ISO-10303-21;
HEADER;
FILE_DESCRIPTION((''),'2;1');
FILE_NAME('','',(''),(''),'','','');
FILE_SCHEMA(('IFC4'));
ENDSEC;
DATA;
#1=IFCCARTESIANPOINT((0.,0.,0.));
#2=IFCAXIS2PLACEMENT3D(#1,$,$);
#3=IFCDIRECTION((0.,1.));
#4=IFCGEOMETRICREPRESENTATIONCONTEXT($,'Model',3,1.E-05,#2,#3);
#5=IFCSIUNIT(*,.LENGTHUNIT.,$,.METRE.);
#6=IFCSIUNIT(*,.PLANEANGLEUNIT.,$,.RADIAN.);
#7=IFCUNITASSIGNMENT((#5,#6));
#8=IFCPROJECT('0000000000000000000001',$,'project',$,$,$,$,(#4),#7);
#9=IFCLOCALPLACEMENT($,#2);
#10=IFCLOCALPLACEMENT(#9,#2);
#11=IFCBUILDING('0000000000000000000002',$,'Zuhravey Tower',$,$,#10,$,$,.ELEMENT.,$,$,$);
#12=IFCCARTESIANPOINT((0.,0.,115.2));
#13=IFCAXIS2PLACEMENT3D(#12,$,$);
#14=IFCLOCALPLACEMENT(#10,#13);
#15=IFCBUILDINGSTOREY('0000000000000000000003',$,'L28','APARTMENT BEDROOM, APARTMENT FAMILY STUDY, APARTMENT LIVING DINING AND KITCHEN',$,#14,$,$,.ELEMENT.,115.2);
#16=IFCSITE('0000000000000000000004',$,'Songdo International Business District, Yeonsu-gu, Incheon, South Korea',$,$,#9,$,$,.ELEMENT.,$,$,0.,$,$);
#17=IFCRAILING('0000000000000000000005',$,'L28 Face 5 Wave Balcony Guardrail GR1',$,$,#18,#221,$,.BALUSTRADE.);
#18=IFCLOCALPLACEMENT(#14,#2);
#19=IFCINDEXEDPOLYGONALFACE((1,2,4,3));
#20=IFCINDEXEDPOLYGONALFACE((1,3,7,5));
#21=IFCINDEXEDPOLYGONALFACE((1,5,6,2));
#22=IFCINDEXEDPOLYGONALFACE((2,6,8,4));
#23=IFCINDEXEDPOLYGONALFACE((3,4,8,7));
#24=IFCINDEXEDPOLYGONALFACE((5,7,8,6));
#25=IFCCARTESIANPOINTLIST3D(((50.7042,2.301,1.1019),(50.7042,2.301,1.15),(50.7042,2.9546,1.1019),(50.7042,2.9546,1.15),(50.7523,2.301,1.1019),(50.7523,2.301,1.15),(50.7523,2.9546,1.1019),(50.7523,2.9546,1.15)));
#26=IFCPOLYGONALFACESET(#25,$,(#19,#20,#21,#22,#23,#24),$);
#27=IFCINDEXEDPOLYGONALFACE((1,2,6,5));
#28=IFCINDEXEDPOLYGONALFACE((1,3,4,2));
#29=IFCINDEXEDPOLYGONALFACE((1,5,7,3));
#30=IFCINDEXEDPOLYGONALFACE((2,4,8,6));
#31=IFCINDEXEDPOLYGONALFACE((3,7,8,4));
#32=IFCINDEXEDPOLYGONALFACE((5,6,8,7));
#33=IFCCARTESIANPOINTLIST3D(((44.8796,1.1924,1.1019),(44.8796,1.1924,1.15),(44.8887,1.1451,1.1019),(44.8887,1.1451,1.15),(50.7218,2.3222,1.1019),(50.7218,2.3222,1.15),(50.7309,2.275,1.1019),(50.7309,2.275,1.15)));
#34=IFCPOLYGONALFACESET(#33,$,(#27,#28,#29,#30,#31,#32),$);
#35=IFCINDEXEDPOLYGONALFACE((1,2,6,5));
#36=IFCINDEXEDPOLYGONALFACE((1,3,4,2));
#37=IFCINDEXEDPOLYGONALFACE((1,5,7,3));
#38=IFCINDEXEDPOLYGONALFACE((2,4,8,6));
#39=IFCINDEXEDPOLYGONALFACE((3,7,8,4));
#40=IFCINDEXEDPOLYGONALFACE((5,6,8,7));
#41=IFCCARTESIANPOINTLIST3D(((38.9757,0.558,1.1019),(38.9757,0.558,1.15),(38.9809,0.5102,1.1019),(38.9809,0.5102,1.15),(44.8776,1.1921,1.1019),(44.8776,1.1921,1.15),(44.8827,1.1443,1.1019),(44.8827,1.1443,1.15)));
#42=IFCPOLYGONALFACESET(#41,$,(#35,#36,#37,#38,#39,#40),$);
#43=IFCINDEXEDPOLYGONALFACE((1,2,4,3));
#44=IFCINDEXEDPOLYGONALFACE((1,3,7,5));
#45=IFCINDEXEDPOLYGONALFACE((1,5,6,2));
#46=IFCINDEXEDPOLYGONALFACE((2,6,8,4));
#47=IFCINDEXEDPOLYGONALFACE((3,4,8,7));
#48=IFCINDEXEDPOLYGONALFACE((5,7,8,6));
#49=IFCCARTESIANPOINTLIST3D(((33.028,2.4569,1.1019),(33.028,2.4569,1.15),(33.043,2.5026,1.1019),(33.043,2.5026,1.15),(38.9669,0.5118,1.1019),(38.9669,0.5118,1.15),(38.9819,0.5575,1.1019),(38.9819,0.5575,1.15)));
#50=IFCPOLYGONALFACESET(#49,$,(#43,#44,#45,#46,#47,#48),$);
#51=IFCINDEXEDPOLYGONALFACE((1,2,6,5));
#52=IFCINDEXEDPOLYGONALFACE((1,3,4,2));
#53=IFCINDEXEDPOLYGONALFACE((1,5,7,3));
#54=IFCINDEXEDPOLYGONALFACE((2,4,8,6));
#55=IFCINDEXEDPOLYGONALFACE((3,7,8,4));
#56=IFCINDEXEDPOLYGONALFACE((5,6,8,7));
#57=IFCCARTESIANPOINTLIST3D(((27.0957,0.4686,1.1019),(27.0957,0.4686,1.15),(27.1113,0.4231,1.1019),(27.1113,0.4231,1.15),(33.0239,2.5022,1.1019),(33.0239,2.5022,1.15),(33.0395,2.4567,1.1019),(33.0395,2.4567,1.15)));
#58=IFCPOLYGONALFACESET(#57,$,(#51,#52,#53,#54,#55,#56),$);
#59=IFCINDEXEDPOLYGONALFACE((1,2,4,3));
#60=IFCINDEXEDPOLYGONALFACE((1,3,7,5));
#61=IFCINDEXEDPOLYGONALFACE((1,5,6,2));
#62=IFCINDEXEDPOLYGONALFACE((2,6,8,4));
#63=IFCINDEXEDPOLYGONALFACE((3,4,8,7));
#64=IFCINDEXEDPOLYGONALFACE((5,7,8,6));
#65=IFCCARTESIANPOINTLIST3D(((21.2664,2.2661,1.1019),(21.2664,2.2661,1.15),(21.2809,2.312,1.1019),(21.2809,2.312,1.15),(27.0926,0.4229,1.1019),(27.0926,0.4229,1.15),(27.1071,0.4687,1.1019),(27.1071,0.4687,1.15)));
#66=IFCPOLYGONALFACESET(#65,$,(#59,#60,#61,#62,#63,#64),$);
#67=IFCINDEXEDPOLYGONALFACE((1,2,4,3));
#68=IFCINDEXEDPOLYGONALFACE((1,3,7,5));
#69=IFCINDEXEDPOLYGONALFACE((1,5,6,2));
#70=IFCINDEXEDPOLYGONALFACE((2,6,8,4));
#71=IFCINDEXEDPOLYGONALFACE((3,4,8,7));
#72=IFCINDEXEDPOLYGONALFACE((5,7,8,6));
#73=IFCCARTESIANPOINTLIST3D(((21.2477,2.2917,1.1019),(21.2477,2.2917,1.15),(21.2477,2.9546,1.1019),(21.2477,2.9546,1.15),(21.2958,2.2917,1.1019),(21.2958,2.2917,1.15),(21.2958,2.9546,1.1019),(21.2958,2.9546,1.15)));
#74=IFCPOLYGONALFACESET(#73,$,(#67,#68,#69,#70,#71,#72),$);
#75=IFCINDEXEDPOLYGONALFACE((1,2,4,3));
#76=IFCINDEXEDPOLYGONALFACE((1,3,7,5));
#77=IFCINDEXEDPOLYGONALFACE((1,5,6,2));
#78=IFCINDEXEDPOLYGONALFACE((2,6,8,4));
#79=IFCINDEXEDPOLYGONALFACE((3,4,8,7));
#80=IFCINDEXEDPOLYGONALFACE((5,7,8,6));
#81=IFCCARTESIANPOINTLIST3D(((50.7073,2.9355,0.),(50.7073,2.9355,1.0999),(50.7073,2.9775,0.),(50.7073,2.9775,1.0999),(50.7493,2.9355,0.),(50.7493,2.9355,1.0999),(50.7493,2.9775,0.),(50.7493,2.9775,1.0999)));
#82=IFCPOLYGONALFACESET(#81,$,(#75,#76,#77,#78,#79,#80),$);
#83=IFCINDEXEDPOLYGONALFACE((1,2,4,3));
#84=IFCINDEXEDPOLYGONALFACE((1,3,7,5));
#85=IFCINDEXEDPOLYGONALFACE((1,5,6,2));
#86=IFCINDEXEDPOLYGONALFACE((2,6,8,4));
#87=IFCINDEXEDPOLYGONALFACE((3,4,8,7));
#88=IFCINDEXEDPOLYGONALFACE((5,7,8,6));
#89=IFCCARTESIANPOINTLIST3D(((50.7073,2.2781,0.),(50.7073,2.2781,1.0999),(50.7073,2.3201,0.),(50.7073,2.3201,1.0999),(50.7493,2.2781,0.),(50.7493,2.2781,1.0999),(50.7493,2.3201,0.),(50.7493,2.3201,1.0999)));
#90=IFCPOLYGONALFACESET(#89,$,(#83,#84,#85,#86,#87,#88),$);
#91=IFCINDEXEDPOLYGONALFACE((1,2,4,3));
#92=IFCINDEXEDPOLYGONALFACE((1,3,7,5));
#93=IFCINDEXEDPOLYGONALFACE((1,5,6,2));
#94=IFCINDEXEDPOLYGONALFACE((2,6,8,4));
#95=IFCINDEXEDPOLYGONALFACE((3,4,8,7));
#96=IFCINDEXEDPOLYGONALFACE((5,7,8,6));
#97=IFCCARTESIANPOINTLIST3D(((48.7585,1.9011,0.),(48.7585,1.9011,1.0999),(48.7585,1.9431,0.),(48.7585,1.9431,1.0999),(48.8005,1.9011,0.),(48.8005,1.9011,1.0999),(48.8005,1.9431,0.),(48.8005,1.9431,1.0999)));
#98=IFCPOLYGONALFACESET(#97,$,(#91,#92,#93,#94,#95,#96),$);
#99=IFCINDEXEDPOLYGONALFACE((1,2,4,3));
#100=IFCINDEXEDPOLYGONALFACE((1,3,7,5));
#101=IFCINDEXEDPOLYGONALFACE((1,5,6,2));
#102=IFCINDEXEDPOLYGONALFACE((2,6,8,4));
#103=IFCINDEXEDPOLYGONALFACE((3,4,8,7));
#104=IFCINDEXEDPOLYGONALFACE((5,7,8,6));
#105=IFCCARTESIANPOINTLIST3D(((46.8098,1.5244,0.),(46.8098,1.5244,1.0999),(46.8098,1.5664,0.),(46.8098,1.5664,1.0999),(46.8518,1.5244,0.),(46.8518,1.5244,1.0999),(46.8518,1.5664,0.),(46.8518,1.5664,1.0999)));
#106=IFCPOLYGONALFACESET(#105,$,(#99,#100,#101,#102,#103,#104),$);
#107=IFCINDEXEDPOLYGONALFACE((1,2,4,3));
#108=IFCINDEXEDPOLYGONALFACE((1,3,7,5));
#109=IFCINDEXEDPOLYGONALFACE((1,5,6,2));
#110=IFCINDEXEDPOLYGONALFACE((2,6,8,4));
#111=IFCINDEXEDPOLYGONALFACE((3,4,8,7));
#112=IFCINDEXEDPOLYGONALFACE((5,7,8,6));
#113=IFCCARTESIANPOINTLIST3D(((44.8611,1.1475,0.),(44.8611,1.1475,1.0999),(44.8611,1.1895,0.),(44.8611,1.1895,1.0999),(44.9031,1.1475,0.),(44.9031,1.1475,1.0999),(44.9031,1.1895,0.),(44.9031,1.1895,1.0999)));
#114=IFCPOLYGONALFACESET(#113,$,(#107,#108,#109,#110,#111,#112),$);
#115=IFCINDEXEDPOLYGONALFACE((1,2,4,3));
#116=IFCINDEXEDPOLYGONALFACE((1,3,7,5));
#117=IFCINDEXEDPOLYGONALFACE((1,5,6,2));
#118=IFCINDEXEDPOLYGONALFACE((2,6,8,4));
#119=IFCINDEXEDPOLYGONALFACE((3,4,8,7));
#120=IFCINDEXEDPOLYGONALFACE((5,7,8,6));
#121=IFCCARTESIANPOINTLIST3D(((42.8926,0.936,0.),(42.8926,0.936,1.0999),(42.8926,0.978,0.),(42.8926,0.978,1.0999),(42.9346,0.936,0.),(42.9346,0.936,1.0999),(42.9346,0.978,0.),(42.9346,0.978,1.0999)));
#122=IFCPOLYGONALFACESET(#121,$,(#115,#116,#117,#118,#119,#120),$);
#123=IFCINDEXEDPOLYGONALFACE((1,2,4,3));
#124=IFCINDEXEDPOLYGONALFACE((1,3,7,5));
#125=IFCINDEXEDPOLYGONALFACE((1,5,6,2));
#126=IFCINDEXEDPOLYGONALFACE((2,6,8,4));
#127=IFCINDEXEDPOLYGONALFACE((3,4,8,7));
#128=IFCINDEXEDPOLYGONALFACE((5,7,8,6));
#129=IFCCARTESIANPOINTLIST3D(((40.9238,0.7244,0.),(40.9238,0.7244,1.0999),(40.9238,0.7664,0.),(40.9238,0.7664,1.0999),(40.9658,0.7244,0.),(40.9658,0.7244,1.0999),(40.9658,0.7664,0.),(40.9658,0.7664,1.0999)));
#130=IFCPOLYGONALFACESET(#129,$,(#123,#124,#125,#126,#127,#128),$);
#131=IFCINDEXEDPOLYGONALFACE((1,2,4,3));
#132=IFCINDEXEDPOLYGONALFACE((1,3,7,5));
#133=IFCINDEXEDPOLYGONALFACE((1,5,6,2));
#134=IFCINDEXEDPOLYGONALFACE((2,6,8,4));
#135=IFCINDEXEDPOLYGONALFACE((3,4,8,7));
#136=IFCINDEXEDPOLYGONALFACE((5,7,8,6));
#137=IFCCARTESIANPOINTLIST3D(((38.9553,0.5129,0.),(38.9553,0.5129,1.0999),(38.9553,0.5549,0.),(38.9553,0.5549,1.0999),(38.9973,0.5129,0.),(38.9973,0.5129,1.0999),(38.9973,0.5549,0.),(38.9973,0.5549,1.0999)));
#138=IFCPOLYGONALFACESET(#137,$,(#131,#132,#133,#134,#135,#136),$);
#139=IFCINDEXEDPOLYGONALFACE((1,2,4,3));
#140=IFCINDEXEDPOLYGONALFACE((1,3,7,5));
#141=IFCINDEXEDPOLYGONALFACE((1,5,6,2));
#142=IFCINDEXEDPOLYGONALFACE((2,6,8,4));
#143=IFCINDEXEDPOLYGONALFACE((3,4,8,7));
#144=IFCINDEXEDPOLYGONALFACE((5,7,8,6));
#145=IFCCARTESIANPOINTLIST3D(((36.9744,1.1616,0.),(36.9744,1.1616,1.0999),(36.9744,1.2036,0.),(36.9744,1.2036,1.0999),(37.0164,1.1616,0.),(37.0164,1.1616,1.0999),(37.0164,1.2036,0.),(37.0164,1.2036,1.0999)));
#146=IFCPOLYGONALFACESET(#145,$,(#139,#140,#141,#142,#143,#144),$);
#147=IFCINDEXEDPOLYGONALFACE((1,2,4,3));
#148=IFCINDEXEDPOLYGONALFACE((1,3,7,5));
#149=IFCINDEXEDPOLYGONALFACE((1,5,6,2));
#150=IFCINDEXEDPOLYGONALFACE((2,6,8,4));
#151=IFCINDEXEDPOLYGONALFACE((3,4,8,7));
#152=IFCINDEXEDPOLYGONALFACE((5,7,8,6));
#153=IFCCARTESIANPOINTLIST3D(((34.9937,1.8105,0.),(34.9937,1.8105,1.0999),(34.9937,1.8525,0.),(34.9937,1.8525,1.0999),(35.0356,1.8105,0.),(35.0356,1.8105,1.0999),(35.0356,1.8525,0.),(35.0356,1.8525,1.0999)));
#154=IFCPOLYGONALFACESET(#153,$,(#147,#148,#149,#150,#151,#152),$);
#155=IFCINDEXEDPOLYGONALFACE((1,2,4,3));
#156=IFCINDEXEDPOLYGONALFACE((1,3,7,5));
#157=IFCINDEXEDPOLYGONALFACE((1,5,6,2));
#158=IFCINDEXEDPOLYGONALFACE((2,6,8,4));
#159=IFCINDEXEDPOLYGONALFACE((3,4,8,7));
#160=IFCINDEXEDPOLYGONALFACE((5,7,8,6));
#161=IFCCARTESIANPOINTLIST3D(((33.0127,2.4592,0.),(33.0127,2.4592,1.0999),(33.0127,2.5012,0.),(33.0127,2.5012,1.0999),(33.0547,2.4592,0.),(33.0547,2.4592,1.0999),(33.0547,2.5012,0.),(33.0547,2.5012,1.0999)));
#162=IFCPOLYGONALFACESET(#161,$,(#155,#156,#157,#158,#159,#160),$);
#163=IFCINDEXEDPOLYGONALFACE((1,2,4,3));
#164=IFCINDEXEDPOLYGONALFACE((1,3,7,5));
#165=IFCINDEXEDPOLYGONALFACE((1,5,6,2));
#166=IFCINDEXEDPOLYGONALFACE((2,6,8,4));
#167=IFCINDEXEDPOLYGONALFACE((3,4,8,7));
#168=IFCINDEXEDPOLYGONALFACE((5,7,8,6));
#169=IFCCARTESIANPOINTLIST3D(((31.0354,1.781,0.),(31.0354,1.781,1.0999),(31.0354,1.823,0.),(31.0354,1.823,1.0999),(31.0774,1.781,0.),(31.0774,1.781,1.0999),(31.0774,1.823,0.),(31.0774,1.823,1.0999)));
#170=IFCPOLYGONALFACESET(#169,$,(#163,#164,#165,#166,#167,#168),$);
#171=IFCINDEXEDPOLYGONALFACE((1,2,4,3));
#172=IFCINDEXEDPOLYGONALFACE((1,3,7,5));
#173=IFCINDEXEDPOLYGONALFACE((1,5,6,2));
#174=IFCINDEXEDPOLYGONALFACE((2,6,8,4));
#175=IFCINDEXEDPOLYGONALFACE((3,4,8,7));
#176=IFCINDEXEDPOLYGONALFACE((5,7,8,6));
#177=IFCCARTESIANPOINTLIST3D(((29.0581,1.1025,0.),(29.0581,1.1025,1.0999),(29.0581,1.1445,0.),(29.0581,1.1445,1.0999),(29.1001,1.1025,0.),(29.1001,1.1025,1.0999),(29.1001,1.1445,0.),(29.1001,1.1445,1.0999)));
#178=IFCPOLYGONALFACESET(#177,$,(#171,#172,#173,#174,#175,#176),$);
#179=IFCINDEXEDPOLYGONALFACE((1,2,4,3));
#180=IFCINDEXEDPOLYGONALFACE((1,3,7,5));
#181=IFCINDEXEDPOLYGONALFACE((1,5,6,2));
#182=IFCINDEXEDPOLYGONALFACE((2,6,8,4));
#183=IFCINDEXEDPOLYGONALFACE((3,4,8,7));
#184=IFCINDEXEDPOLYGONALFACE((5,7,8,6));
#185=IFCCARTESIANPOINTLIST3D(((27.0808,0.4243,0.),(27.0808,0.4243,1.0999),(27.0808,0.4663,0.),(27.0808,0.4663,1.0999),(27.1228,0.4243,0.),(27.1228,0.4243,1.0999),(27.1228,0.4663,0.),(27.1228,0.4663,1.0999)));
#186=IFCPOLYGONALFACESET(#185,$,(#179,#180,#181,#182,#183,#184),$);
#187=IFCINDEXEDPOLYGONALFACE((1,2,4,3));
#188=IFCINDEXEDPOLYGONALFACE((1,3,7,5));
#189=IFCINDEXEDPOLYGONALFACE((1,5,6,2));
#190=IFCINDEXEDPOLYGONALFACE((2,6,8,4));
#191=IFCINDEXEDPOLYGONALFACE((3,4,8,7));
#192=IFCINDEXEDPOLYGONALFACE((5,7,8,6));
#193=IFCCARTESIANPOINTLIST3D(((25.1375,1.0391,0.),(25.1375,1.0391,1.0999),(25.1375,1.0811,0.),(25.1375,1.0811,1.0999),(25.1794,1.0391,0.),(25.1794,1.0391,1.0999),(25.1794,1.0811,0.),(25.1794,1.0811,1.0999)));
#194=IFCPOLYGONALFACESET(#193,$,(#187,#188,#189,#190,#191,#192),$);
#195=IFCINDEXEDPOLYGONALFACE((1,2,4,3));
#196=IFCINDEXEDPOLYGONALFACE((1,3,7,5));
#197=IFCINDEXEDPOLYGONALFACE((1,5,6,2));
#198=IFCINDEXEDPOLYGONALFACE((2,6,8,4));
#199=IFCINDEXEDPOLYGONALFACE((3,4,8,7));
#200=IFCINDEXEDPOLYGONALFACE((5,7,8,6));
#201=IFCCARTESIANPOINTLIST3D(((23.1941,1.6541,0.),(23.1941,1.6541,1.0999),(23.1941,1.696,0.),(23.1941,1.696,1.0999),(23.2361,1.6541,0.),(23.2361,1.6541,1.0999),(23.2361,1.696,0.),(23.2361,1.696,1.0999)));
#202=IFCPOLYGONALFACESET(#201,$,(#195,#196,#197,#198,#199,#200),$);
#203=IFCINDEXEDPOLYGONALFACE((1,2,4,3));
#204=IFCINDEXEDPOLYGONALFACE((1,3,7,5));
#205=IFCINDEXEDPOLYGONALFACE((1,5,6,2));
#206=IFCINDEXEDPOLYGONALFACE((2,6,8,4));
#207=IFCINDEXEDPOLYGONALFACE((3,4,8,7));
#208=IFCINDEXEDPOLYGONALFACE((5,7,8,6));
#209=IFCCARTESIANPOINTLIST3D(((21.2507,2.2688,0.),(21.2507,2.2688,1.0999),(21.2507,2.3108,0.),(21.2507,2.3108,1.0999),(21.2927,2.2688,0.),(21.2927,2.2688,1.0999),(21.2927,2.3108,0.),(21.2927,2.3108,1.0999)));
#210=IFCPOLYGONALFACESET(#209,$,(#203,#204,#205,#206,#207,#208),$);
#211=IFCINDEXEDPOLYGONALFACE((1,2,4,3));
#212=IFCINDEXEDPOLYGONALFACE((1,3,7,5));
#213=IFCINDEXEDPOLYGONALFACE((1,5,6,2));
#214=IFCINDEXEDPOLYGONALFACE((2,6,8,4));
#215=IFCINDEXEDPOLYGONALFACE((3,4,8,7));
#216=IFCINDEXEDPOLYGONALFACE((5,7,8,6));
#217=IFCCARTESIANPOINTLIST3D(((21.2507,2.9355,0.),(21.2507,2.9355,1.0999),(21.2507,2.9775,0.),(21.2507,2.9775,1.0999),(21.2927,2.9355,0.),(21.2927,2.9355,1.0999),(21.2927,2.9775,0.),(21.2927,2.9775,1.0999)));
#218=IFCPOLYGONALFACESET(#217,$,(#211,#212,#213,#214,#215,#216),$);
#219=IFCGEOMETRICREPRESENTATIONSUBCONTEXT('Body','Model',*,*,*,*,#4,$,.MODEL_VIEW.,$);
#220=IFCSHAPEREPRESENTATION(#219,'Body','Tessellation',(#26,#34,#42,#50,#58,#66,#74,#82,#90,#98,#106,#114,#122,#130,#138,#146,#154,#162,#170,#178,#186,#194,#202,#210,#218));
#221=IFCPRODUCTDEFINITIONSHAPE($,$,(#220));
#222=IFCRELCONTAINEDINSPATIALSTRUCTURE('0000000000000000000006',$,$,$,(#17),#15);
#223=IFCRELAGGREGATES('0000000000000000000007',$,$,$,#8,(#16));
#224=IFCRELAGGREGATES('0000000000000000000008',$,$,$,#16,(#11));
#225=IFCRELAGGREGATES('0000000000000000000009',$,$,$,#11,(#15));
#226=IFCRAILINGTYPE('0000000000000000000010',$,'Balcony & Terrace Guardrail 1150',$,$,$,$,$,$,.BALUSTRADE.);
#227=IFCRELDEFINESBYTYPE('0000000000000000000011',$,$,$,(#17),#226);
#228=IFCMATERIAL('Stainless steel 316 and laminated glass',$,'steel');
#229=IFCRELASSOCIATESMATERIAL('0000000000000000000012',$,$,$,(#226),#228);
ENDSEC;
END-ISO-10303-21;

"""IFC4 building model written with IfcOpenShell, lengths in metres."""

from ifc_helpers import new_model, si_unit, direction, frame, origin, origin_2d, place, context, subcontext, project, spatial, rectangle, extrude, material, type_object, element, save


model = new_model("IFC4")

# Units and contexts
model_context = context("Model", 3, precision=1e-05, world=origin(), true_north=direction((0.0, 1.0)))
body_context = subcontext(model_context, "Body", "Model", "MODEL_VIEW")
ifc_project = project(units=[si_unit("LENGTHUNIT", "METRE"), si_unit("PLANEANGLEUNIT", "RADIAN")], contexts=[model_context])

# Site, building, storey
site_placement = place(None, origin())
site = spatial("IfcSite", under=ifc_project, at=site_placement, Name="Songdo International Business District, Yeonsu-gu, Incheon, South Korea", CompositionType="ELEMENT", RefElevation=0.0)
building_placement = place(site_placement, origin())
building = spatial("IfcBuilding", under=site, at=building_placement, Name="Zuhravey Tower", CompositionType="ELEMENT")
storey_placement = place(building_placement, frame((0.0, 0.0, 115.2)))
storey = spatial("IfcBuildingStorey", under=building, at=storey_placement, Name="L28", Description="APARTMENT BEDROOM, APARTMENT FAMILY STUDY, APARTMENT LIVING DINING AND KITCHEN", CompositionType="ELEMENT", Elevation=115.2)

# Railing
ifc_material_1 = material(Name="Stainless steel 316 and laminated glass", Category="steel")
railing_type = type_object("IfcRailingType", Name="Balcony & Terrace Guardrail 1150", PredefinedType="BALUSTRADE", material=ifc_material_1)
railing_placement = place(storey_placement, frame((50.7283, 2.9565, 0.0)))
element("IfcRailing", 1, at=railing_placement, inside=storey, type_object=railing_type, Name="L28 Face 5 Wave Balcony Guardrail GR1", PredefinedType="BALUSTRADE", context=body_context, shape_type="SweptSolid", body=[
    extrude(rectangle(XDim=0.0481, YDim=0.0481, at=origin_2d()), frame((0.0, -0.002, 1.126), z_axis=(0.0, -1.0, 0.0), x_axis=(1.0, 0.0, 0.0)), (0.0, 0.0, 1.0), 0.6536),
    extrude(rectangle(XDim=0.0481, YDim=0.0481, at=origin_2d()), frame((-0.002, -0.658, 1.126), z_axis=(-0.981808, -0.189875, 0.0), x_axis=(0.189875, -0.981808, 0.0)), (0.0, 0.0, 1.0), 5.9504),
    extrude(rectangle(XDim=0.0481, YDim=0.0481, at=origin_2d()), frame((-5.8481, -1.7883, 1.126), z_axis=(-0.994278, -0.106826, 0.0), x_axis=(0.106826, -0.994278, 0.0)), (0.0, 0.0, 1.0), 5.9358),
    extrude(rectangle(XDim=0.0481, YDim=0.0481, at=origin_2d()), frame((-11.7539, -2.4219, 1.126), z_axis=(-0.95033, 0.311246, 0.0), x_axis=(-0.311246, -0.95033, 0.0)), (0.0, 0.0, 1.0), 6.2493),
    extrude(rectangle(XDim=0.0481, YDim=0.0481, at=origin_2d()), frame((-17.6965, -0.4771, 1.126), z_axis=(-0.945891, -0.324485, 0.0), x_axis=(0.324485, -0.945891, 0.0)), (0.0, 0.0, 1.0), 6.2673),
    extrude(rectangle(XDim=0.0481, YDim=0.0481, at=origin_2d()), frame((-23.6284, -2.5107, 1.126), z_axis=(-0.953423, 0.301638, 0.0), x_axis=(-0.301638, -0.953423, 0.0)), (0.0, 0.0, 1.0), 6.1108),
    extrude(rectangle(XDim=0.0481, YDim=0.0481, at=origin_2d()), frame((-29.4565, -0.6648, 1.126), z_axis=(0.0, 1.0, 0.0), x_axis=(-1.0, 0.0, 0.0)), (0.0, 0.0, 1.0), 0.6628),
    extrude(rectangle(XDim=0.042, YDim=0.042, at=origin_2d()), origin(), (0.0, 0.0, 1.0), 1.0999),
    extrude(rectangle(XDim=0.042, YDim=0.042, at=origin_2d()), frame((0.0, -0.6575, 0.0)), (0.0, 0.0, 1.0), 1.0999),
    extrude(rectangle(XDim=0.042, YDim=0.042, at=origin_2d()), frame((-1.9487, -1.0344, 0.0)), (0.0, 0.0, 1.0), 1.0999),
    extrude(rectangle(XDim=0.042, YDim=0.042, at=origin_2d()), frame((-3.8975, -1.4111, 0.0)), (0.0, 0.0, 1.0), 1.0999),
    extrude(rectangle(XDim=0.042, YDim=0.042, at=origin_2d()), frame((-5.8462, -1.7881, 0.0)), (0.0, 0.0, 1.0), 1.0999),
    extrude(rectangle(XDim=0.042, YDim=0.042, at=origin_2d()), frame((-7.8147, -1.9995, 0.0)), (0.0, 0.0, 1.0), 1.0999),
    extrude(rectangle(XDim=0.042, YDim=0.042, at=origin_2d()), frame((-9.7834, -2.2112, 0.0)), (0.0, 0.0, 1.0), 1.0999),
    extrude(rectangle(XDim=0.042, YDim=0.042, at=origin_2d()), frame((-11.752, -2.4226, 0.0)), (0.0, 0.0, 1.0), 1.0999),
    extrude(rectangle(XDim=0.042, YDim=0.042, at=origin_2d()), frame((-13.7329, -1.7739, 0.0)), (0.0, 0.0, 1.0), 1.0999),
    extrude(rectangle(XDim=0.042, YDim=0.042, at=origin_2d()), frame((-15.7136, -1.125, 0.0)), (0.0, 0.0, 1.0), 1.0999),
    extrude(rectangle(XDim=0.042, YDim=0.042, at=origin_2d()), frame((-17.6946, -0.4763, 0.0)), (0.0, 0.0, 1.0), 1.0999),
    extrude(rectangle(XDim=0.042, YDim=0.042, at=origin_2d()), frame((-19.6719, -1.1545, 0.0)), (0.0, 0.0, 1.0), 1.0999),
    extrude(rectangle(XDim=0.042, YDim=0.042, at=origin_2d()), frame((-21.6492, -1.833, 0.0)), (0.0, 0.0, 1.0), 1.0999),
    extrude(rectangle(XDim=0.042, YDim=0.042, at=origin_2d()), frame((-23.6265, -2.5112, 0.0)), (0.0, 0.0, 1.0), 1.0999),
    extrude(rectangle(XDim=0.042, YDim=0.042, at=origin_2d()), frame((-25.5698, -1.8965, 0.0)), (0.0, 0.0, 1.0), 1.0999),
    extrude(rectangle(XDim=0.042, YDim=0.042, at=origin_2d()), frame((-27.5132, -1.2815, 0.0)), (0.0, 0.0, 1.0), 1.0999),
    extrude(rectangle(XDim=0.042, YDim=0.042, at=origin_2d()), frame((-29.4565, -0.6667, 0.0)), (0.0, 0.0, 1.0), 1.0999),
    extrude(rectangle(XDim=0.042, YDim=0.042, at=origin_2d()), frame((-29.4565, 0.0, 0.0)), (0.0, 0.0, 1.0), 1.0999),
])

save(model, "model.ifc")
